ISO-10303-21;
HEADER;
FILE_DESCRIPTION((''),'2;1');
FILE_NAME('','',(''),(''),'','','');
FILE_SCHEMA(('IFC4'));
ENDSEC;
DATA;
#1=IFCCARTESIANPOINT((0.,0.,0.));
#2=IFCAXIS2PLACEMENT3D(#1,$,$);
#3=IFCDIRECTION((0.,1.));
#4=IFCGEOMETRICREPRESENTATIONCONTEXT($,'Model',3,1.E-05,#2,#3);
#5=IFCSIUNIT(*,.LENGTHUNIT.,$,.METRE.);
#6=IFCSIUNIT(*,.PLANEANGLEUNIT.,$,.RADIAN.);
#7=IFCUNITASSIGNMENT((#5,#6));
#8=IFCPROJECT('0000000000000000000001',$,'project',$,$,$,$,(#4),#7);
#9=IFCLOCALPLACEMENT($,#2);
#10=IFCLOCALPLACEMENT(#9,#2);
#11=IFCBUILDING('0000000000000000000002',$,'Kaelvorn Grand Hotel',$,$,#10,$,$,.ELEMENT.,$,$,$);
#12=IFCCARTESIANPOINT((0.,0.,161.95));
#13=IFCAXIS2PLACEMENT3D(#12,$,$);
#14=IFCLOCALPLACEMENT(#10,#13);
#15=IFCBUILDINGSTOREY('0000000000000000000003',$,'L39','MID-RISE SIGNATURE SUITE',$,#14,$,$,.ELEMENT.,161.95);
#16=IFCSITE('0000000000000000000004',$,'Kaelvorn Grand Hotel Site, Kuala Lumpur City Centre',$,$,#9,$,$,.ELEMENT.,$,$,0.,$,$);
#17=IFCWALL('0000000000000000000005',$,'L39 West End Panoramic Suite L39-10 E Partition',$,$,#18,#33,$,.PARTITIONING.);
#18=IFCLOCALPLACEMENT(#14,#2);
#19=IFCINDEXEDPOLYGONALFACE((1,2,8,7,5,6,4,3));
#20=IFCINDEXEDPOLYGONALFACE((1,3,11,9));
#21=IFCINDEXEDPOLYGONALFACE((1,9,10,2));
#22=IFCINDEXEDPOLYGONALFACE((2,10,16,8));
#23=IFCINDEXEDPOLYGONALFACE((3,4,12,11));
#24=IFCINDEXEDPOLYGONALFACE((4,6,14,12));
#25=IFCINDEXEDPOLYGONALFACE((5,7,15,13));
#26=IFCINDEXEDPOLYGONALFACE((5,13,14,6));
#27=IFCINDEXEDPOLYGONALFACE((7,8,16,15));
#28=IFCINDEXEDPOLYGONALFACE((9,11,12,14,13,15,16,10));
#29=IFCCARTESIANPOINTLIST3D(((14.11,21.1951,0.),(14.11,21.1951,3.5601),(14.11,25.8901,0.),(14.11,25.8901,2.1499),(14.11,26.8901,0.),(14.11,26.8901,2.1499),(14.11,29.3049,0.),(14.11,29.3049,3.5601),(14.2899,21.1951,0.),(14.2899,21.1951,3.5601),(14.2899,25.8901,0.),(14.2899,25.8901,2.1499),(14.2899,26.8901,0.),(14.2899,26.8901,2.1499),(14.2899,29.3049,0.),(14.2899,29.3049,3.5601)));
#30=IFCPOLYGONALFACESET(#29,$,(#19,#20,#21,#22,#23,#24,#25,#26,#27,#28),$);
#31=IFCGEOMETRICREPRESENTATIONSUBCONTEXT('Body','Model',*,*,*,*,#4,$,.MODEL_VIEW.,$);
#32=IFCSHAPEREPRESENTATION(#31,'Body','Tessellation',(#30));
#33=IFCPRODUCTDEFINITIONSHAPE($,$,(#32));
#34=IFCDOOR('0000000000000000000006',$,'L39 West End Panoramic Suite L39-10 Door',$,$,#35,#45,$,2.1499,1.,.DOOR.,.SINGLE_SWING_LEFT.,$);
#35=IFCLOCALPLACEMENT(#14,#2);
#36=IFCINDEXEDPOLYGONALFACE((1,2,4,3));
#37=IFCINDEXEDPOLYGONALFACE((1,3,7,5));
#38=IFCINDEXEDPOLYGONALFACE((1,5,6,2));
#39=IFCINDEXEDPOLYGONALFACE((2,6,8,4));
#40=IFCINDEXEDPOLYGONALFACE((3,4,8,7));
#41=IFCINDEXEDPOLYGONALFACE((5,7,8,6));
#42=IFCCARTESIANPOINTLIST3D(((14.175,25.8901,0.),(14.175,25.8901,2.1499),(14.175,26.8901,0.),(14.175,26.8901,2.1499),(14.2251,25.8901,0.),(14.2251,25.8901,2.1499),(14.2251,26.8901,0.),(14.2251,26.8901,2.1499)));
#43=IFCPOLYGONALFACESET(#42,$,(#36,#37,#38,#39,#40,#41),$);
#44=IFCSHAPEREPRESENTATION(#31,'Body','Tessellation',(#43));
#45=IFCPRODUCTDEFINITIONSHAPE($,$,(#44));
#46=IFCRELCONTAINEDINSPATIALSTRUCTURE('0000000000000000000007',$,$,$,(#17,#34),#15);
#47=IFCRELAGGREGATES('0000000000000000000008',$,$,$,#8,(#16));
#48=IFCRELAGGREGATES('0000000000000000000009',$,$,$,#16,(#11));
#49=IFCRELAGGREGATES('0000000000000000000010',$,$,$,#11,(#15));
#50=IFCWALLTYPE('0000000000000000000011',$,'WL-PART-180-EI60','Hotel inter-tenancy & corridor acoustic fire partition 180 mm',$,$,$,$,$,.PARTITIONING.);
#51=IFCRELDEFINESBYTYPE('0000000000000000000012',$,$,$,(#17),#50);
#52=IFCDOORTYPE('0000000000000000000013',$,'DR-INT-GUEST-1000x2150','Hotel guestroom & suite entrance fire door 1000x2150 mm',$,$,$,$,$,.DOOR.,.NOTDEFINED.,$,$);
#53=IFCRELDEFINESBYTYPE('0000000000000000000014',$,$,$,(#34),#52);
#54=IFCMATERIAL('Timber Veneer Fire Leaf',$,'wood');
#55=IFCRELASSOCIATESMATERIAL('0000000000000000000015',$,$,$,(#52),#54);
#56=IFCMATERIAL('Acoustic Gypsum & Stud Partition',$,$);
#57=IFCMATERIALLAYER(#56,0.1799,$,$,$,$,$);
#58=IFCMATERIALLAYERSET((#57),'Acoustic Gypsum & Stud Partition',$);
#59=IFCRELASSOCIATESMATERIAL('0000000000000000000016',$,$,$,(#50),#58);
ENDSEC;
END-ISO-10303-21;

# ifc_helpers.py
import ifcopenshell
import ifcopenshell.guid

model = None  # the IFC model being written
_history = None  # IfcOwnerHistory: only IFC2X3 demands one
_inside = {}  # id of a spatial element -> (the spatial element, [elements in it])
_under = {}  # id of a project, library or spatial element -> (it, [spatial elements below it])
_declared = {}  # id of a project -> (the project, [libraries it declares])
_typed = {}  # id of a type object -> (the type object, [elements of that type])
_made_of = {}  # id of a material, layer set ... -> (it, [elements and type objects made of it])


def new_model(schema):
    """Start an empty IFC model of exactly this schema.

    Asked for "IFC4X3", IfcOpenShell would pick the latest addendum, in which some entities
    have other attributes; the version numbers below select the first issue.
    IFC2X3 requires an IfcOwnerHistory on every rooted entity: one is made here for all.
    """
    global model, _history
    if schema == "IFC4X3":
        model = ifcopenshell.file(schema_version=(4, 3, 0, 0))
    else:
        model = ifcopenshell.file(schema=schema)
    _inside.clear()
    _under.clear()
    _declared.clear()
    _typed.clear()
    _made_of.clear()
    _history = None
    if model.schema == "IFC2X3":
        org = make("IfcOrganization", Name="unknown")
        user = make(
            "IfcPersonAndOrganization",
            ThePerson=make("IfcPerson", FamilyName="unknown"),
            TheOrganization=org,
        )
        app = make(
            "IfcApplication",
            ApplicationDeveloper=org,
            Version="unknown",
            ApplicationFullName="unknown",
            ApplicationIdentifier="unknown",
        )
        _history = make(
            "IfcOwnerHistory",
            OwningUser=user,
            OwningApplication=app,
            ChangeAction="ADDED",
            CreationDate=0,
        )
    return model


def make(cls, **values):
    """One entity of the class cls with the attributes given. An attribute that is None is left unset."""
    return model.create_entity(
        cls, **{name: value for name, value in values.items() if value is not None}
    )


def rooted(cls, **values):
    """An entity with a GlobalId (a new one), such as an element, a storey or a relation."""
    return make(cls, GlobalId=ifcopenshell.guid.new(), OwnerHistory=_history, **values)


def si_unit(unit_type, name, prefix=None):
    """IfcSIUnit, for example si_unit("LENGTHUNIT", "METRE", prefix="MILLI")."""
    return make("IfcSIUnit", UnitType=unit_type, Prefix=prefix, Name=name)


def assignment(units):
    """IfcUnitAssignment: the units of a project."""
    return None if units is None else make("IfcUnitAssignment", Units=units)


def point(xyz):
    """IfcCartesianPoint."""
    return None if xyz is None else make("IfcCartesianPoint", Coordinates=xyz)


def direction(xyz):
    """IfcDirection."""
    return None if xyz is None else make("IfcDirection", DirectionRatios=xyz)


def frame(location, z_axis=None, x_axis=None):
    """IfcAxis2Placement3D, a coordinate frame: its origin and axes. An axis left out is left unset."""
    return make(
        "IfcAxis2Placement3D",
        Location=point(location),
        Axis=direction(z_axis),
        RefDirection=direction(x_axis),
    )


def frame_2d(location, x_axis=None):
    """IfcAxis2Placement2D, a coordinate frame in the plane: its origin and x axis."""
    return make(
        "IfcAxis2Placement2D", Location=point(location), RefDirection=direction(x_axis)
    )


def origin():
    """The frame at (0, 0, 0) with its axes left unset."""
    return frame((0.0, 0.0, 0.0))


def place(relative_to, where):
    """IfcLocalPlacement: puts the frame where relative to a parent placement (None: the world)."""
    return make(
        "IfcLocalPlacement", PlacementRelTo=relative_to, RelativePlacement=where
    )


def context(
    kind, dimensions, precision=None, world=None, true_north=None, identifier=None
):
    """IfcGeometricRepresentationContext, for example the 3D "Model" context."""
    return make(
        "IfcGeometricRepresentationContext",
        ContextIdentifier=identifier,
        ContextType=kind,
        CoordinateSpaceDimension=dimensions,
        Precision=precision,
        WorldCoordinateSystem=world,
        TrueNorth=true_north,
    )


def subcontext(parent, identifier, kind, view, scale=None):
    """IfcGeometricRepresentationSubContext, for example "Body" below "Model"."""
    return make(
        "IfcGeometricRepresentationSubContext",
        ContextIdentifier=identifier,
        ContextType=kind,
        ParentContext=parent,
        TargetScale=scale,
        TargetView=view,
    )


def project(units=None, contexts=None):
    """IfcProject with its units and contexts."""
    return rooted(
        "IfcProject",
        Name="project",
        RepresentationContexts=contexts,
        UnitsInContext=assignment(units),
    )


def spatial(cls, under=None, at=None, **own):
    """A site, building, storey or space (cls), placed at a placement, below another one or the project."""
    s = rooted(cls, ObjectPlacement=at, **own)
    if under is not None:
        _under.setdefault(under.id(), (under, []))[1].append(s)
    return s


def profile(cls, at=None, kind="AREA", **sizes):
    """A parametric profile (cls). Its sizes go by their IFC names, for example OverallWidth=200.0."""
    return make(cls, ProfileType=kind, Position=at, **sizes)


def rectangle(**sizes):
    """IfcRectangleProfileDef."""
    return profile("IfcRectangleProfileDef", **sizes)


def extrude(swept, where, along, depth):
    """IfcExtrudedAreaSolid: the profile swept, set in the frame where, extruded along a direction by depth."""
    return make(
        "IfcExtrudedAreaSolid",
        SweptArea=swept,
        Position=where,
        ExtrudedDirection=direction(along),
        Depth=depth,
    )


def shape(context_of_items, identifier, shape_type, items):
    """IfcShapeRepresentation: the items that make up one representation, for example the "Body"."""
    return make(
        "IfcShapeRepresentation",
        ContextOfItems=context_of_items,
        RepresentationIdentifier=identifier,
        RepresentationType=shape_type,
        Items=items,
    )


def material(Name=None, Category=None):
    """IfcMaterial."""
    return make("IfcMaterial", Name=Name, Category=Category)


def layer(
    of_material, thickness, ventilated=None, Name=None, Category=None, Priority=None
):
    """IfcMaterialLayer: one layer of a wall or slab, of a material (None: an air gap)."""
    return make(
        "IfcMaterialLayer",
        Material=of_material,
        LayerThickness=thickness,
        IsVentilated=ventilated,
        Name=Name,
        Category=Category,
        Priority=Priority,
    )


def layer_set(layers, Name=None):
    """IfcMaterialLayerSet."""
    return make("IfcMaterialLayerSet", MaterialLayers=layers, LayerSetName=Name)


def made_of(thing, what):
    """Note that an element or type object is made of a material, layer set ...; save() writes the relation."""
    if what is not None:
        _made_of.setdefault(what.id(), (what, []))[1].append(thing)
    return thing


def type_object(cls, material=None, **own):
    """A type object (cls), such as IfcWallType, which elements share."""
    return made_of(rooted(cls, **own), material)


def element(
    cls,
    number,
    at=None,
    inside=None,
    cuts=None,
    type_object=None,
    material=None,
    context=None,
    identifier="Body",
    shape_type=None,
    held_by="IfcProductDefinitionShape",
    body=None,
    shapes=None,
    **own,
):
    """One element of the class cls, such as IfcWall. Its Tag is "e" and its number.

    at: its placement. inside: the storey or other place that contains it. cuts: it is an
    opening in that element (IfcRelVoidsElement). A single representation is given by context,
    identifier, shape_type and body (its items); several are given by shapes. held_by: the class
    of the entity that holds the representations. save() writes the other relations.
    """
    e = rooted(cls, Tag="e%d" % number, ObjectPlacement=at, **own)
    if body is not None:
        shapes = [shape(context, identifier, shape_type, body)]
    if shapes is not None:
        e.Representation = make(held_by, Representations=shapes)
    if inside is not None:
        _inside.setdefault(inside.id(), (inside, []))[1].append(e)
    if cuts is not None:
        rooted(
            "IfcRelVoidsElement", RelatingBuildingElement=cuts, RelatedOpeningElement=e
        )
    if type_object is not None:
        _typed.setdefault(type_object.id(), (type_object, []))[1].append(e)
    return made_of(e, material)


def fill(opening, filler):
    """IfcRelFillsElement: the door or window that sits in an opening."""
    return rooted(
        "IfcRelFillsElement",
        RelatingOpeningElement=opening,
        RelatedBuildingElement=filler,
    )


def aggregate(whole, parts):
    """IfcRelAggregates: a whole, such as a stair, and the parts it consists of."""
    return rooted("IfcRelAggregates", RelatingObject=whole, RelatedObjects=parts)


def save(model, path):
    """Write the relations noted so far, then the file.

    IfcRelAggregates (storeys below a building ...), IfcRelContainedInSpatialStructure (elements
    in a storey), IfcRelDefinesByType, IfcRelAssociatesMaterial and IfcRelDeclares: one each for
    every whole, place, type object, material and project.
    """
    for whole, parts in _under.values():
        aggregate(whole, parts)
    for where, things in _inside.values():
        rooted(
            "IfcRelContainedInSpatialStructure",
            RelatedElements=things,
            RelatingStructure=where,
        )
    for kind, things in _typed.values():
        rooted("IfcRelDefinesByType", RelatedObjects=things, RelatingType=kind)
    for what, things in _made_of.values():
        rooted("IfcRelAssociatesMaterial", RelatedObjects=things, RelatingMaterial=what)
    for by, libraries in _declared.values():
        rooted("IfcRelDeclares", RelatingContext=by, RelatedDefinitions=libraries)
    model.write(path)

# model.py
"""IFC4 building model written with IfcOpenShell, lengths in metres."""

from ifc_helpers import new_model, si_unit, direction, frame, frame_2d, origin, place, context, subcontext, project, spatial, rectangle, extrude, material, layer, layer_set, type_object, element, fill, save


model = new_model("IFC4")

# Units and contexts
model_context = context("Model", 3, precision=1e-05, world=origin(), true_north=direction((0.0, 1.0)))
body_context = subcontext(model_context, "Body", "Model", "MODEL_VIEW")
ifc_project = project(units=[si_unit("LENGTHUNIT", "METRE"), si_unit("PLANEANGLEUNIT", "RADIAN")], contexts=[model_context])

# Site, building, storey
site_placement = place(None, origin())
site = spatial("IfcSite", under=ifc_project, at=site_placement, Name="Kaelvorn Grand Hotel Site, Kuala Lumpur City Centre", CompositionType="ELEMENT", RefElevation=0.0)
building_placement = place(site_placement, origin())
building = spatial("IfcBuilding", under=site, at=building_placement, Name="Kaelvorn Grand Hotel", CompositionType="ELEMENT")
storey_placement = place(building_placement, frame((0.0, 0.0, 161.95)))
storey = spatial("IfcBuildingStorey", under=building, at=storey_placement, Name="L39", Description="MID-RISE SIGNATURE SUITE", CompositionType="ELEMENT", Elevation=161.95)

# Shared definitions
ifc_material_1 = material(Name="Acoustic Gypsum & Stud Partition")
ifc_material_2 = material(Name="Timber Veneer Fire Leaf", Category="wood")
door_type = type_object("IfcDoorType", Name="DR-INT-GUEST-1000x2150", Description="Hotel guestroom & suite entrance fire door 1000x2150 mm", OperationType="NOTDEFINED", PredefinedType="DOOR", material=ifc_material_2)

# Shared definitions
ifc_layer_1 = layer(ifc_material_1, 0.1799)
ifc_layer_set_1 = layer_set([ifc_layer_1], Name="Acoustic Gypsum & Stud Partition")
wall_type_1 = type_object("IfcWallType", Name="WL-PART-180-EI60", Description="Hotel inter-tenancy & corridor acoustic fire partition 180 mm", PredefinedType="PARTITIONING", material=ifc_layer_set_1)

# Wall, opening, door
wall_1_placement = place(storey_placement, frame((14.2, 21.1951, 0.0), z_axis=(0.0, 0.0, 1.0), x_axis=(0.0, 1.0, 0.0)))
wall_1 = element("IfcWall", 1, at=wall_1_placement, inside=storey, type_object=wall_type_1, Name="L39 West End Panoramic Suite L39-10 E Partition", PredefinedType="PARTITIONING", context=body_context, shape_type="SweptSolid", body=[
    extrude(rectangle(XDim=8.1099, YDim=0.1799, at=frame_2d((4.0549, 0.0))), origin(), (0.0, 0.0, 1.0), 3.5601),
])
opening_1_placement = place(wall_1_placement, frame((4.6951, 0.0, 0.0)))
opening_1 = element("IfcOpeningElement", 2, at=opening_1_placement, cuts=wall_1, PredefinedType="OPENING", context=body_context, shape_type="SweptSolid", body=[
    extrude(rectangle(XDim=1.0, YDim=2.1499, at=frame_2d((0.5, 1.075))), frame((0.0, 0.1001, 0.0), z_axis=(0.0, -1.0, 0.0), x_axis=(1.0, 0.0, 0.0)), (0.0, 0.0, 1.0), 0.2),
])
door_1_placement = place(opening_1_placement, origin())
door_1 = element("IfcDoor", 3, at=door_1_placement, inside=storey, type_object=door_type, Name="L39 West End Panoramic Suite L39-10 Door", OperationType="SINGLE_SWING_LEFT", OverallHeight=2.1499, OverallWidth=1.0, PredefinedType="DOOR", context=body_context, shape_type="SweptSolid", body=[
    extrude(rectangle(XDim=1.0, YDim=2.1499, at=frame_2d((0.5, 1.075))), frame((0.0, 0.0249, 0.0), z_axis=(0.0, -1.0, 0.0), x_axis=(1.0, 0.0, 0.0)), (0.0, 0.0, 1.0), 0.05),
])
fill(opening_1, door_1)

save(model, "model.ifc")
